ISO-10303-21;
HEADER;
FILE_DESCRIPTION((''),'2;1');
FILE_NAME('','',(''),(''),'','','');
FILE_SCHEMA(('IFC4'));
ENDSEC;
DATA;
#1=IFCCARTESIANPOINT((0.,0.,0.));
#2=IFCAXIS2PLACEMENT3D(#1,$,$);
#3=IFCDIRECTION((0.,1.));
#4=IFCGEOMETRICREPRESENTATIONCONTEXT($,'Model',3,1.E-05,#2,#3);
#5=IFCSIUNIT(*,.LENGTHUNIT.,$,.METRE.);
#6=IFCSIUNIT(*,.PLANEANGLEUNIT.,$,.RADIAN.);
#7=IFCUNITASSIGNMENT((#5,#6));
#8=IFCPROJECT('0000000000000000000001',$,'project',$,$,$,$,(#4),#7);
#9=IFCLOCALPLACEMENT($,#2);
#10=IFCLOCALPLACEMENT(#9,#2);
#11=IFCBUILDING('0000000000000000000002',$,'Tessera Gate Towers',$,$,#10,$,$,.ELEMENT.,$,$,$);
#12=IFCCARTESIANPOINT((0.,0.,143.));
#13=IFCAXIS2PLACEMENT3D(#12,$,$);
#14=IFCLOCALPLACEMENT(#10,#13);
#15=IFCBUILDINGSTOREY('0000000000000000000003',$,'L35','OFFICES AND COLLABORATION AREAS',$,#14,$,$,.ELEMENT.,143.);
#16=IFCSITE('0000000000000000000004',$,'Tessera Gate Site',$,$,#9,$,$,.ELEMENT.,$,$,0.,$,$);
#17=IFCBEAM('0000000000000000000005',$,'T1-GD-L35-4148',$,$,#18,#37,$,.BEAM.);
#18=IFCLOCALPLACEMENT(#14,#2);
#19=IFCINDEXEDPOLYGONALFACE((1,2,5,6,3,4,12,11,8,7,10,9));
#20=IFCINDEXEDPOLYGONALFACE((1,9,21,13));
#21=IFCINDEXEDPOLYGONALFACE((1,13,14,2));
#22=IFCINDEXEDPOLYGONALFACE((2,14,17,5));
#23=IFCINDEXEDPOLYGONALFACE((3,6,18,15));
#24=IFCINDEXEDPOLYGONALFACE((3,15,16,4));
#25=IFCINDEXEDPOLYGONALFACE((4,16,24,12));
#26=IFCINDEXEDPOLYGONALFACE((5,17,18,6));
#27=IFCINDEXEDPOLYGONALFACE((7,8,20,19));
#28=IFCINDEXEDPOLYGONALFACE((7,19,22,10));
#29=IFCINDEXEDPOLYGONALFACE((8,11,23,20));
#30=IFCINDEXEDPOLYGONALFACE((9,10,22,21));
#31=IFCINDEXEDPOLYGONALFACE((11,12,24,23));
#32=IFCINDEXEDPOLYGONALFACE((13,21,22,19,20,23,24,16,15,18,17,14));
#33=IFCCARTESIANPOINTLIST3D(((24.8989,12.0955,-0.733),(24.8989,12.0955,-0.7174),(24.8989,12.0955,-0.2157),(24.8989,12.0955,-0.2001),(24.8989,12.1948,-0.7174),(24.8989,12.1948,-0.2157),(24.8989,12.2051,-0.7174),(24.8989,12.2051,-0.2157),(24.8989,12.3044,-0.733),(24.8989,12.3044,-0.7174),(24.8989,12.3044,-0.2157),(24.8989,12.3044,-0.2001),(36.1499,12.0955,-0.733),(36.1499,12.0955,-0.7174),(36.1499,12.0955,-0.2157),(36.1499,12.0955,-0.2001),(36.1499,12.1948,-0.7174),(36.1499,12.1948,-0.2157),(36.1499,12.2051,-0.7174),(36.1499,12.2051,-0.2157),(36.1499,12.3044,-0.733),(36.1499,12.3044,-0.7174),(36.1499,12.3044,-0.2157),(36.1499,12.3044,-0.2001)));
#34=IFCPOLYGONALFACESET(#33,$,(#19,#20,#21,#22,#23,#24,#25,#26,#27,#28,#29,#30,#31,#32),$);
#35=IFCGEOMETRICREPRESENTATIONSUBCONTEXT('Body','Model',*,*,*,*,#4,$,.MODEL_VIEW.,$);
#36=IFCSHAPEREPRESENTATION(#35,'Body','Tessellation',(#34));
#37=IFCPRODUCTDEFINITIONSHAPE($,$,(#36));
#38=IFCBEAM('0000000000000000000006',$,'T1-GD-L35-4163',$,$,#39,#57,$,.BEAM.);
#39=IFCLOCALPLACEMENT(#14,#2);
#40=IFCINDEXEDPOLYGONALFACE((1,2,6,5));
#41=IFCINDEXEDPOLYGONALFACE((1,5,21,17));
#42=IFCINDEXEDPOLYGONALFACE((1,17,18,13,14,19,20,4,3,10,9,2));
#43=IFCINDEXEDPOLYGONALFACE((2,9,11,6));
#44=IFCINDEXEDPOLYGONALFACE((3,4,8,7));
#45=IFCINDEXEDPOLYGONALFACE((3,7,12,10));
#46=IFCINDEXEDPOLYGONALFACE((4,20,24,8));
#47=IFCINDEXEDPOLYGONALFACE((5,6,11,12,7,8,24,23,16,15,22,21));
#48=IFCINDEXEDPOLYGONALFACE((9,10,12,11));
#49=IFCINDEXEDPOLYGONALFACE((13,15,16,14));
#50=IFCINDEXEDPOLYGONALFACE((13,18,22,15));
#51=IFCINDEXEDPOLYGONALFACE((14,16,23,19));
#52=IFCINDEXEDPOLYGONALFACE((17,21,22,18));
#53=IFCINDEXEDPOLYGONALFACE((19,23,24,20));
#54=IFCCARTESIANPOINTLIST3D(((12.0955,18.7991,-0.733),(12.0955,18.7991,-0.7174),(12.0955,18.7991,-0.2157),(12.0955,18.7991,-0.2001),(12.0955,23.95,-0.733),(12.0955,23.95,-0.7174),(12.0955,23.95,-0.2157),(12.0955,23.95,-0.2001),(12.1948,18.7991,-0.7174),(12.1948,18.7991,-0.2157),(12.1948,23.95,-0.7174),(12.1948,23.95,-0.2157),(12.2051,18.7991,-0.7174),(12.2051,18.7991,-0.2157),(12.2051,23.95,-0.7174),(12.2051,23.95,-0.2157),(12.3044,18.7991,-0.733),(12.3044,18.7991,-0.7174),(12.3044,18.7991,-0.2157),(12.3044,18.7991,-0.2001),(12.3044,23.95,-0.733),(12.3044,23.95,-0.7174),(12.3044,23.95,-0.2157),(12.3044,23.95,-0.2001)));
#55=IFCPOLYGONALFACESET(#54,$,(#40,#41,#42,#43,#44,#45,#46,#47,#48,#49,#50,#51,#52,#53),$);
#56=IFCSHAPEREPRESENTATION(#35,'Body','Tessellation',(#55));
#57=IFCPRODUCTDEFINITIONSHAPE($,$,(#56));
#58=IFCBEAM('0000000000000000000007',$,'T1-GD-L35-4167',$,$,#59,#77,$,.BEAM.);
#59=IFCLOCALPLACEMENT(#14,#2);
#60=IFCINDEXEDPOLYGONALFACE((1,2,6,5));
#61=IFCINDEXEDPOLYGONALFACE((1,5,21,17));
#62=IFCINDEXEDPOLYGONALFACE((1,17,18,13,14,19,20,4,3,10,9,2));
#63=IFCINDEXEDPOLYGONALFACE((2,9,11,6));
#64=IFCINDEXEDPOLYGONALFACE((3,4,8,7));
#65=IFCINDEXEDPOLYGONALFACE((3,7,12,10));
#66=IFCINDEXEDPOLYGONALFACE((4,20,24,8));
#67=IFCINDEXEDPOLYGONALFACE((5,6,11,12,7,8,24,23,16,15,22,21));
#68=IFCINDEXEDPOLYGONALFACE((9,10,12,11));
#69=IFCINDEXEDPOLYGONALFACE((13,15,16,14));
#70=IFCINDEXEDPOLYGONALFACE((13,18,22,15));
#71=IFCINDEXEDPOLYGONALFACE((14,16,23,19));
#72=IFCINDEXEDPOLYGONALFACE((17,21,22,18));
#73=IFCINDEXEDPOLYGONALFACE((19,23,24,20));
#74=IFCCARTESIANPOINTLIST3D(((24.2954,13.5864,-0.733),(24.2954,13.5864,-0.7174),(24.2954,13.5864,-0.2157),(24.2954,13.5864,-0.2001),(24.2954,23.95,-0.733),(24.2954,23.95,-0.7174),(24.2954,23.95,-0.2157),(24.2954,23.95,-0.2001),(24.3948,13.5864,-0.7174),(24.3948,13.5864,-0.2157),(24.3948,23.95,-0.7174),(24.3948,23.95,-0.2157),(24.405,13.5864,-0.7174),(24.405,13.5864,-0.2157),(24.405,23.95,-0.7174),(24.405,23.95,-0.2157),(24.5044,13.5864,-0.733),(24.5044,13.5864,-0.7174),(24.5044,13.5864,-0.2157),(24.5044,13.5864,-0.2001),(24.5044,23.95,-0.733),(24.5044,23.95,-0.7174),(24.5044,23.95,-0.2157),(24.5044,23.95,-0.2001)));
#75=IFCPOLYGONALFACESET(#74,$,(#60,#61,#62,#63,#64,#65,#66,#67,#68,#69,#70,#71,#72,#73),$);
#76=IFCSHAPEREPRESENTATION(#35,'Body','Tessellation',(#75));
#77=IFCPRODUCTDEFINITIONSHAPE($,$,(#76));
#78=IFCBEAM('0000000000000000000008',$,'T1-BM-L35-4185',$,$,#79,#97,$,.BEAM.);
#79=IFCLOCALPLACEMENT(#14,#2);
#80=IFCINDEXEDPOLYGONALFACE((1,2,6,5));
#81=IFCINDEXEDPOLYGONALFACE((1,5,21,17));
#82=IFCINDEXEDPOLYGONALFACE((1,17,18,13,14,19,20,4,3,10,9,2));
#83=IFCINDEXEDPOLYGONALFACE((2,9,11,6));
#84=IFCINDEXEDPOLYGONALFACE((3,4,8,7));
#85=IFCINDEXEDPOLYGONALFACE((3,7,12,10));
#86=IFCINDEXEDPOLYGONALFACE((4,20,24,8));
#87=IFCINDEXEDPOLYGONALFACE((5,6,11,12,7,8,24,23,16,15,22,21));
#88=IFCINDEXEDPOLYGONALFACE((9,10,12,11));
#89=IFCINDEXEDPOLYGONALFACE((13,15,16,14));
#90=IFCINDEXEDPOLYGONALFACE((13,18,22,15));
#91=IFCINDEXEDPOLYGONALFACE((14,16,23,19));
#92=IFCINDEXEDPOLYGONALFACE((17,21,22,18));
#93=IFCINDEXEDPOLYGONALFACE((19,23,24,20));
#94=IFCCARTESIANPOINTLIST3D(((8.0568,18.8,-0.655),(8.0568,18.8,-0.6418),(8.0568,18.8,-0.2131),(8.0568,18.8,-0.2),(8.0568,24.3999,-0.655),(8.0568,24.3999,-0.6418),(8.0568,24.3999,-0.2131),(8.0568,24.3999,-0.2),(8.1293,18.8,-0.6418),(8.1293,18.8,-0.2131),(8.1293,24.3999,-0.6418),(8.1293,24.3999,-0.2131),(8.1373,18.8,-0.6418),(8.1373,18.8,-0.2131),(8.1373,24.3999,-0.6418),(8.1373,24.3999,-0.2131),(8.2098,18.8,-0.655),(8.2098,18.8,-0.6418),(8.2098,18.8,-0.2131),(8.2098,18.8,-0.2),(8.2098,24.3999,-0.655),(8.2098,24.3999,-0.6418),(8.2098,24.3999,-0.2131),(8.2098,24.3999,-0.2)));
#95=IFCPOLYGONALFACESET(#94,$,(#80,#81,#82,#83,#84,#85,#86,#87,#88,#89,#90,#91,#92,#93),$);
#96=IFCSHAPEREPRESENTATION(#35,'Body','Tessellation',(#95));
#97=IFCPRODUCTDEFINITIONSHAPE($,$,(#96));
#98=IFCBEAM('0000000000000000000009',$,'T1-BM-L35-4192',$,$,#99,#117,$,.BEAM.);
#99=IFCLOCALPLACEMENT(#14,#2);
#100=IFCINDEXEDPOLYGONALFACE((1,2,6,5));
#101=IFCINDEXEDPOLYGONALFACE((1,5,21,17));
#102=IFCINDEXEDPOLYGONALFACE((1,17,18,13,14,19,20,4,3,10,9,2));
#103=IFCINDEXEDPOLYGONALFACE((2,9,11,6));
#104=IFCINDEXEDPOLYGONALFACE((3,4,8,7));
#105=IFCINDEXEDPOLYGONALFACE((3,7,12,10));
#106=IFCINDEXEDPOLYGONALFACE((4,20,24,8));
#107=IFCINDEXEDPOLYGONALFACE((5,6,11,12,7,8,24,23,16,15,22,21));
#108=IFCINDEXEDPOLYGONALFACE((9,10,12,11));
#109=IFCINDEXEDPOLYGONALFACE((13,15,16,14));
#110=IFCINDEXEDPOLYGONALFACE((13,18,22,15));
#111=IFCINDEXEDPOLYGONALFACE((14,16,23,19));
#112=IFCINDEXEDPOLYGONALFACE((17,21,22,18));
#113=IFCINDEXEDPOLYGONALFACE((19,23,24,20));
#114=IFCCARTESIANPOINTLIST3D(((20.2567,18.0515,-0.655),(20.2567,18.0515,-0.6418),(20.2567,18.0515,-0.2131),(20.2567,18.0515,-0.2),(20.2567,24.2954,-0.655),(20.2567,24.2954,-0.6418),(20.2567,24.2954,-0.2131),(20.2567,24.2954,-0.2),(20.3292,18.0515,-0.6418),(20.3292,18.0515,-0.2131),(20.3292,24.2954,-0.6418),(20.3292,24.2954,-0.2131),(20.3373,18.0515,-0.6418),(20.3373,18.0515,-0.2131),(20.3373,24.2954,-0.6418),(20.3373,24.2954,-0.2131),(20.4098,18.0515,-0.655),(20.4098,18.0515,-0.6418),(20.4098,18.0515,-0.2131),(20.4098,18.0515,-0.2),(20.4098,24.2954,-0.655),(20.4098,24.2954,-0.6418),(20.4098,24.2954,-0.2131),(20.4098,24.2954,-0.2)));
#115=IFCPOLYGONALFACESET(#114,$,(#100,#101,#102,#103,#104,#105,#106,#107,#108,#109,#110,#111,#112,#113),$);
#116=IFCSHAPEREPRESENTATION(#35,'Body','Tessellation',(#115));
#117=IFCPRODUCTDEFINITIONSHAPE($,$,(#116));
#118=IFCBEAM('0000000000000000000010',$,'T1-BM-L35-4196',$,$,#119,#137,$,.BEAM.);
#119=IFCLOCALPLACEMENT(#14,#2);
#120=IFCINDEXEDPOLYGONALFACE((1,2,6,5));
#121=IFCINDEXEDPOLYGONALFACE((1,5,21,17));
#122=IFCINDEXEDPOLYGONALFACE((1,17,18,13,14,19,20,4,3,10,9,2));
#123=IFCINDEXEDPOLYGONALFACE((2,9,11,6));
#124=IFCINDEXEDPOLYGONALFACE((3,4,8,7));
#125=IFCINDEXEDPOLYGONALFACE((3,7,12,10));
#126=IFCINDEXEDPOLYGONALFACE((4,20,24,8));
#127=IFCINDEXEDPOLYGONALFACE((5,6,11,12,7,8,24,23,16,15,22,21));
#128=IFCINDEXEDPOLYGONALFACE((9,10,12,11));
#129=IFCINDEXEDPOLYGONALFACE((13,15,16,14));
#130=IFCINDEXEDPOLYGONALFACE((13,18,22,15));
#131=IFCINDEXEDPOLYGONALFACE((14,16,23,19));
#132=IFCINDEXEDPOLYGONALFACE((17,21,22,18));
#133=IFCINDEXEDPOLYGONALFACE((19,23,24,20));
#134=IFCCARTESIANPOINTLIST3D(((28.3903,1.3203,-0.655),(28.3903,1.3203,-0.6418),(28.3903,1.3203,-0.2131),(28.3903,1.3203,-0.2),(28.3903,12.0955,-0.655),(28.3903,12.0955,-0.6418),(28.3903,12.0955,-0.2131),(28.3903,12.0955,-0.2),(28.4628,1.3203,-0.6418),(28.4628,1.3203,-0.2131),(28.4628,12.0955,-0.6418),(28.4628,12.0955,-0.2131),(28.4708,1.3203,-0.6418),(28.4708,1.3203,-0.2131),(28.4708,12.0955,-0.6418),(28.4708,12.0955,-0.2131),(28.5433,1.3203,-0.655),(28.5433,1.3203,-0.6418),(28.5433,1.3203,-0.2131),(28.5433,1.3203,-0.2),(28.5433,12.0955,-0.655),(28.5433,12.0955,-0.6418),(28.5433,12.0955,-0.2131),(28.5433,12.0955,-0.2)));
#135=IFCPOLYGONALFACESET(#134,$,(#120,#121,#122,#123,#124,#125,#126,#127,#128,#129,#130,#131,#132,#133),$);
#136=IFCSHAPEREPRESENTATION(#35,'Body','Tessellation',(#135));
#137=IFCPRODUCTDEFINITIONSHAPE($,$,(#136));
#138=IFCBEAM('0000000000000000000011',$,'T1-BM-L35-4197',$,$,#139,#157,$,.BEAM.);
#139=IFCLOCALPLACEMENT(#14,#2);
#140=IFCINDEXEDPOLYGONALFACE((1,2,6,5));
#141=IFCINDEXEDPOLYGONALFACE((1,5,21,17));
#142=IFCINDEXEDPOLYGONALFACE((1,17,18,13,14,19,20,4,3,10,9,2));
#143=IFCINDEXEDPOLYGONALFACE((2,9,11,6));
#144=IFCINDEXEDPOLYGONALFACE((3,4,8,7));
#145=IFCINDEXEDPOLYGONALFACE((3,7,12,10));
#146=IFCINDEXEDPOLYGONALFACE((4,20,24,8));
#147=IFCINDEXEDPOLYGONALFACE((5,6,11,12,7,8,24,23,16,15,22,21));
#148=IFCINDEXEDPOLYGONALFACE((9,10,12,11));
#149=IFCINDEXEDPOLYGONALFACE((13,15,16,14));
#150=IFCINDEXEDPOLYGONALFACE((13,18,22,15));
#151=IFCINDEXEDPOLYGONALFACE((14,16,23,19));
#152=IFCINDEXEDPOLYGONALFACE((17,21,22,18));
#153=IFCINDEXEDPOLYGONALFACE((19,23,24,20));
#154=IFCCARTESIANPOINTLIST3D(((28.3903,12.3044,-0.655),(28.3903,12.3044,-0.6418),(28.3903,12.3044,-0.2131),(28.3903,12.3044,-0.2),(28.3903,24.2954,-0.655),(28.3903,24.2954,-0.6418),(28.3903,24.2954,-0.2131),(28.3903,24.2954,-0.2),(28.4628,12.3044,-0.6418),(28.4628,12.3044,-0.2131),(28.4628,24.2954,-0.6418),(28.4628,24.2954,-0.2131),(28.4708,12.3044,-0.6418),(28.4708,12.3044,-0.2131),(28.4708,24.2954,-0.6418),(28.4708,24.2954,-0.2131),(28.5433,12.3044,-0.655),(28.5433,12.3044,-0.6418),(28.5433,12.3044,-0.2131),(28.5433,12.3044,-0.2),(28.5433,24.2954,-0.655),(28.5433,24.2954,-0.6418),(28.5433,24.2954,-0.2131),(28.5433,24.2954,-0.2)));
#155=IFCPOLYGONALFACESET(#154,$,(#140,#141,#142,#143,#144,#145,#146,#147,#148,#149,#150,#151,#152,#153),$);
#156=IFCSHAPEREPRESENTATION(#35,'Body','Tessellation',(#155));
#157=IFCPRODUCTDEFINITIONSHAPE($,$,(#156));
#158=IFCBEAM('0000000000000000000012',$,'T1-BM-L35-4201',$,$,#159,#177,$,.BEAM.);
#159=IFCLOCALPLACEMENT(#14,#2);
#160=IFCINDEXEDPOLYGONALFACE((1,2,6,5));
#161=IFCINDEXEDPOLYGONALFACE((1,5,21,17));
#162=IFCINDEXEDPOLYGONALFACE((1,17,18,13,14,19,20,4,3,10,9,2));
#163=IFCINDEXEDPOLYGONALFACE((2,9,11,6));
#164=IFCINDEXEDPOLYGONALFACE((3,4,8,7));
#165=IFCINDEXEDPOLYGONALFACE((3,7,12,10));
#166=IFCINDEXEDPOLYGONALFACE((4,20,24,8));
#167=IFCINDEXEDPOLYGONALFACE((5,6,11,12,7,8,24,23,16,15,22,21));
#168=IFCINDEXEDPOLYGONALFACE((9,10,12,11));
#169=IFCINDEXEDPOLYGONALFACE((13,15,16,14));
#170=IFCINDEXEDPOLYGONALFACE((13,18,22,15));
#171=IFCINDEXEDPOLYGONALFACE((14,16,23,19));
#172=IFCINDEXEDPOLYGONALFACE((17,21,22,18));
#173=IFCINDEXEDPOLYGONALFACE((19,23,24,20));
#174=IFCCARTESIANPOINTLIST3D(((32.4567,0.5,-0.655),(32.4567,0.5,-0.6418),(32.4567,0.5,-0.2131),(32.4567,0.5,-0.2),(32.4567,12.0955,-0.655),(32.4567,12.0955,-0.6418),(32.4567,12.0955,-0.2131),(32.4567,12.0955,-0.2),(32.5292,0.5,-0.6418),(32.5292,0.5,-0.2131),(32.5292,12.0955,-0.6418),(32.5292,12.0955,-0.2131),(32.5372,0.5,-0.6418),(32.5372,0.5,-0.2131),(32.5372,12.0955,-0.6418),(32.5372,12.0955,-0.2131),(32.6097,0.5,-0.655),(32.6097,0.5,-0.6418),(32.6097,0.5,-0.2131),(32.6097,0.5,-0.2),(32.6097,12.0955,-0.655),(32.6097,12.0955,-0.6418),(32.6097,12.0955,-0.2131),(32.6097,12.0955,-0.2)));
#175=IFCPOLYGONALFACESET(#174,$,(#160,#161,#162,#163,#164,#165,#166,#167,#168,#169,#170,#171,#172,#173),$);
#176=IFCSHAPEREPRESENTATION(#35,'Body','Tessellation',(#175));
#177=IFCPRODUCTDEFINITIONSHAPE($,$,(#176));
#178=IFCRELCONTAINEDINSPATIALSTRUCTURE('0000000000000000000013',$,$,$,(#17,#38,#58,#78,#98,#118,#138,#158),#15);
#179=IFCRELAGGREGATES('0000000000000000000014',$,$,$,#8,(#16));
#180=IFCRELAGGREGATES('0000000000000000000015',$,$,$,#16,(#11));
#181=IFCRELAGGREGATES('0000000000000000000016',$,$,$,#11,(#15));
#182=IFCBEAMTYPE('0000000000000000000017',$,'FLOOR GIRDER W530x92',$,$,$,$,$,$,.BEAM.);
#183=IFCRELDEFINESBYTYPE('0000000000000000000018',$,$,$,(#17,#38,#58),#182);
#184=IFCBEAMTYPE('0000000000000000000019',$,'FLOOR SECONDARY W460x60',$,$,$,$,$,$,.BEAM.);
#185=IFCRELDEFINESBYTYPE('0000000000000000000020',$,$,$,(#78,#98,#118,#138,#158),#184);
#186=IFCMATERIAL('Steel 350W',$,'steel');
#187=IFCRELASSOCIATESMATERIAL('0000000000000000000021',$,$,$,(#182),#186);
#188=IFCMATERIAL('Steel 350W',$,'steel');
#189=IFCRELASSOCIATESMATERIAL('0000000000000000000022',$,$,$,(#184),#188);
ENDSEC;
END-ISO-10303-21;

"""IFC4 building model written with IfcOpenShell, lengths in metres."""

from ifc_helpers import new_model, si_unit, direction, frame, origin, origin_2d, place, context, subcontext, project, spatial, i_section, extrude, material, material_profile, profile_set, type_object, element, save


model = new_model("IFC4")

# Units and contexts
model_context = context("Model", 3, precision=1e-05, world=origin(), true_north=direction((0.0, 1.0)))
body_context = subcontext(model_context, "Body", "Model", "MODEL_VIEW")
ifc_project = project(units=[si_unit("LENGTHUNIT", "METRE"), si_unit("PLANEANGLEUNIT", "RADIAN")], contexts=[model_context])

# Site, building, storey
site_placement = place(None, origin())
site = spatial("IfcSite", under=ifc_project, at=site_placement, Name="Tessera Gate Site", CompositionType="ELEMENT", RefElevation=0.0)
building_placement = place(site_placement, origin())
building = spatial("IfcBuilding", under=site, at=building_placement, Name="Tessera Gate Towers", CompositionType="ELEMENT")
storey_placement = place(building_placement, frame((0.0, 0.0, 143.0)))
storey = spatial("IfcBuildingStorey", under=building, at=storey_placement, Name="L35", Description="OFFICES AND COLLABORATION AREAS", CompositionType="ELEMENT", Elevation=143.0)

# Beams
ifc_material_1 = material(Name="Steel 350W", Category="steel")
ifc_material_profile_1 = material_profile(ifc_material_1, i_section(OverallWidth=0.209, OverallDepth=0.533, WebThickness=0.0103, FlangeThickness=0.0156, at=origin_2d()), Name="W530x92")
ifc_profile_set_1 = profile_set([ifc_material_profile_1], Name="Steel 350W")
beam_type_1 = type_object("IfcBeamType", Name="FLOOR GIRDER W530x92", PredefinedType="BEAM", material=ifc_profile_set_1)
beam_1_placement = place(storey_placement, frame((24.8989, 12.2, -0.4666), z_axis=(1.0, 0.0, 0.0), x_axis=(0.0, 1.0, 0.0)))
element("IfcBeam", 1, at=beam_1_placement, inside=storey, type_object=beam_type_1, Name="T1-GD-L35-4148", PredefinedType="BEAM", context=body_context, shape_type="SweptSolid", body=[
    extrude(i_section(OverallWidth=0.209, OverallDepth=0.533, WebThickness=0.0103, FlangeThickness=0.0156, at=origin_2d()), origin(), (0.0, 0.0, 1.0), 11.251),
])
beam_2_placement = place(storey_placement, frame((12.2, 18.7991, -0.4666), z_axis=(0.0, 1.0, 0.0), x_axis=(-1.0, 0.0, 0.0)))
element("IfcBeam", 2, at=beam_2_placement, inside=storey, type_object=beam_type_1, Name="T1-GD-L35-4163", PredefinedType="BEAM", context=body_context, shape_type="SweptSolid", body=[
    extrude(i_section(OverallWidth=0.209, OverallDepth=0.533, WebThickness=0.0103, FlangeThickness=0.0156, at=origin_2d()), origin(), (0.0, 0.0, 1.0), 5.1509),
])
beam_3_placement = place(storey_placement, frame((24.3999, 13.5864, -0.4666), z_axis=(0.0, 1.0, 0.0), x_axis=(-1.0, 0.0, 0.0)))
element("IfcBeam", 3, at=beam_3_placement, inside=storey, type_object=beam_type_1, Name="T1-GD-L35-4167", PredefinedType="BEAM", context=body_context, shape_type="SweptSolid", body=[
    extrude(i_section(OverallWidth=0.209, OverallDepth=0.533, WebThickness=0.0103, FlangeThickness=0.0156, at=origin_2d()), origin(), (0.0, 0.0, 1.0), 10.3635),
])
ifc_material_2 = material(Name="Steel 350W", Category="steel")
ifc_material_profile_2 = material_profile(ifc_material_2, i_section(OverallWidth=0.1531, OverallDepth=0.4551, WebThickness=0.0081, FlangeThickness=0.0132, at=origin_2d()), Name="W460x60")
ifc_profile_set_2 = profile_set([ifc_material_profile_2], Name="Steel 350W")
beam_type_2 = type_object("IfcBeamType", Name="FLOOR SECONDARY W460x60", PredefinedType="BEAM", material=ifc_profile_set_2)
beam_4_placement = place(storey_placement, frame((8.1333, 18.8, -0.4275), z_axis=(0.0, 1.0, 0.0), x_axis=(-1.0, 0.0, 0.0)))
element("IfcBeam", 4, at=beam_4_placement, inside=storey, type_object=beam_type_2, Name="T1-BM-L35-4185", PredefinedType="BEAM", context=body_context, shape_type="SweptSolid", body=[
    extrude(i_section(OverallWidth=0.1531, OverallDepth=0.4551, WebThickness=0.0081, FlangeThickness=0.0132, at=origin_2d()), origin(), (0.0, 0.0, 1.0), 5.5999),
])
beam_5_placement = place(storey_placement, frame((20.3333, 18.0515, -0.4275), z_axis=(0.0, 1.0, 0.0), x_axis=(-1.0, 0.0, 0.0)))
element("IfcBeam", 5, at=beam_5_placement, inside=storey, type_object=beam_type_2, Name="T1-BM-L35-4192", PredefinedType="BEAM", context=body_context, shape_type="SweptSolid", body=[
    extrude(i_section(OverallWidth=0.1531, OverallDepth=0.4551, WebThickness=0.0081, FlangeThickness=0.0132, at=origin_2d()), origin(), (0.0, 0.0, 1.0), 6.2439),
])
beam_6_placement = place(storey_placement, frame((28.4668, 1.3203, -0.4275), z_axis=(0.0, 1.0, 0.0), x_axis=(-1.0, 0.0, 0.0)))
element("IfcBeam", 6, at=beam_6_placement, inside=storey, type_object=beam_type_2, Name="T1-BM-L35-4196", PredefinedType="BEAM", context=body_context, shape_type="SweptSolid", body=[
    extrude(i_section(OverallWidth=0.1531, OverallDepth=0.4551, WebThickness=0.0081, FlangeThickness=0.0132, at=origin_2d()), origin(), (0.0, 0.0, 1.0), 10.7751),
])
beam_7_placement = place(storey_placement, frame((28.4668, 12.3044, -0.4275), z_axis=(0.0, 1.0, 0.0), x_axis=(-1.0, 0.0, 0.0)))
element("IfcBeam", 7, at=beam_7_placement, inside=storey, type_object=beam_type_2, Name="T1-BM-L35-4197", PredefinedType="BEAM", context=body_context, shape_type="SweptSolid", body=[
    extrude(i_section(OverallWidth=0.1531, OverallDepth=0.4551, WebThickness=0.0081, FlangeThickness=0.0132, at=origin_2d()), origin(), (0.0, 0.0, 1.0), 11.991),
])
beam_8_placement = place(storey_placement, frame((32.5332, 0.5, -0.4275), z_axis=(0.0, 1.0, 0.0), x_axis=(-1.0, 0.0, 0.0)))
element("IfcBeam", 8, at=beam_8_placement, inside=storey, type_object=beam_type_2, Name="T1-BM-L35-4201", PredefinedType="BEAM", context=body_context, shape_type="SweptSolid", body=[
    extrude(i_section(OverallWidth=0.1531, OverallDepth=0.4551, WebThickness=0.0081, FlangeThickness=0.0132, at=origin_2d()), origin(), (0.0, 0.0, 1.0), 11.5955),
])

save(model, "model.ifc")
